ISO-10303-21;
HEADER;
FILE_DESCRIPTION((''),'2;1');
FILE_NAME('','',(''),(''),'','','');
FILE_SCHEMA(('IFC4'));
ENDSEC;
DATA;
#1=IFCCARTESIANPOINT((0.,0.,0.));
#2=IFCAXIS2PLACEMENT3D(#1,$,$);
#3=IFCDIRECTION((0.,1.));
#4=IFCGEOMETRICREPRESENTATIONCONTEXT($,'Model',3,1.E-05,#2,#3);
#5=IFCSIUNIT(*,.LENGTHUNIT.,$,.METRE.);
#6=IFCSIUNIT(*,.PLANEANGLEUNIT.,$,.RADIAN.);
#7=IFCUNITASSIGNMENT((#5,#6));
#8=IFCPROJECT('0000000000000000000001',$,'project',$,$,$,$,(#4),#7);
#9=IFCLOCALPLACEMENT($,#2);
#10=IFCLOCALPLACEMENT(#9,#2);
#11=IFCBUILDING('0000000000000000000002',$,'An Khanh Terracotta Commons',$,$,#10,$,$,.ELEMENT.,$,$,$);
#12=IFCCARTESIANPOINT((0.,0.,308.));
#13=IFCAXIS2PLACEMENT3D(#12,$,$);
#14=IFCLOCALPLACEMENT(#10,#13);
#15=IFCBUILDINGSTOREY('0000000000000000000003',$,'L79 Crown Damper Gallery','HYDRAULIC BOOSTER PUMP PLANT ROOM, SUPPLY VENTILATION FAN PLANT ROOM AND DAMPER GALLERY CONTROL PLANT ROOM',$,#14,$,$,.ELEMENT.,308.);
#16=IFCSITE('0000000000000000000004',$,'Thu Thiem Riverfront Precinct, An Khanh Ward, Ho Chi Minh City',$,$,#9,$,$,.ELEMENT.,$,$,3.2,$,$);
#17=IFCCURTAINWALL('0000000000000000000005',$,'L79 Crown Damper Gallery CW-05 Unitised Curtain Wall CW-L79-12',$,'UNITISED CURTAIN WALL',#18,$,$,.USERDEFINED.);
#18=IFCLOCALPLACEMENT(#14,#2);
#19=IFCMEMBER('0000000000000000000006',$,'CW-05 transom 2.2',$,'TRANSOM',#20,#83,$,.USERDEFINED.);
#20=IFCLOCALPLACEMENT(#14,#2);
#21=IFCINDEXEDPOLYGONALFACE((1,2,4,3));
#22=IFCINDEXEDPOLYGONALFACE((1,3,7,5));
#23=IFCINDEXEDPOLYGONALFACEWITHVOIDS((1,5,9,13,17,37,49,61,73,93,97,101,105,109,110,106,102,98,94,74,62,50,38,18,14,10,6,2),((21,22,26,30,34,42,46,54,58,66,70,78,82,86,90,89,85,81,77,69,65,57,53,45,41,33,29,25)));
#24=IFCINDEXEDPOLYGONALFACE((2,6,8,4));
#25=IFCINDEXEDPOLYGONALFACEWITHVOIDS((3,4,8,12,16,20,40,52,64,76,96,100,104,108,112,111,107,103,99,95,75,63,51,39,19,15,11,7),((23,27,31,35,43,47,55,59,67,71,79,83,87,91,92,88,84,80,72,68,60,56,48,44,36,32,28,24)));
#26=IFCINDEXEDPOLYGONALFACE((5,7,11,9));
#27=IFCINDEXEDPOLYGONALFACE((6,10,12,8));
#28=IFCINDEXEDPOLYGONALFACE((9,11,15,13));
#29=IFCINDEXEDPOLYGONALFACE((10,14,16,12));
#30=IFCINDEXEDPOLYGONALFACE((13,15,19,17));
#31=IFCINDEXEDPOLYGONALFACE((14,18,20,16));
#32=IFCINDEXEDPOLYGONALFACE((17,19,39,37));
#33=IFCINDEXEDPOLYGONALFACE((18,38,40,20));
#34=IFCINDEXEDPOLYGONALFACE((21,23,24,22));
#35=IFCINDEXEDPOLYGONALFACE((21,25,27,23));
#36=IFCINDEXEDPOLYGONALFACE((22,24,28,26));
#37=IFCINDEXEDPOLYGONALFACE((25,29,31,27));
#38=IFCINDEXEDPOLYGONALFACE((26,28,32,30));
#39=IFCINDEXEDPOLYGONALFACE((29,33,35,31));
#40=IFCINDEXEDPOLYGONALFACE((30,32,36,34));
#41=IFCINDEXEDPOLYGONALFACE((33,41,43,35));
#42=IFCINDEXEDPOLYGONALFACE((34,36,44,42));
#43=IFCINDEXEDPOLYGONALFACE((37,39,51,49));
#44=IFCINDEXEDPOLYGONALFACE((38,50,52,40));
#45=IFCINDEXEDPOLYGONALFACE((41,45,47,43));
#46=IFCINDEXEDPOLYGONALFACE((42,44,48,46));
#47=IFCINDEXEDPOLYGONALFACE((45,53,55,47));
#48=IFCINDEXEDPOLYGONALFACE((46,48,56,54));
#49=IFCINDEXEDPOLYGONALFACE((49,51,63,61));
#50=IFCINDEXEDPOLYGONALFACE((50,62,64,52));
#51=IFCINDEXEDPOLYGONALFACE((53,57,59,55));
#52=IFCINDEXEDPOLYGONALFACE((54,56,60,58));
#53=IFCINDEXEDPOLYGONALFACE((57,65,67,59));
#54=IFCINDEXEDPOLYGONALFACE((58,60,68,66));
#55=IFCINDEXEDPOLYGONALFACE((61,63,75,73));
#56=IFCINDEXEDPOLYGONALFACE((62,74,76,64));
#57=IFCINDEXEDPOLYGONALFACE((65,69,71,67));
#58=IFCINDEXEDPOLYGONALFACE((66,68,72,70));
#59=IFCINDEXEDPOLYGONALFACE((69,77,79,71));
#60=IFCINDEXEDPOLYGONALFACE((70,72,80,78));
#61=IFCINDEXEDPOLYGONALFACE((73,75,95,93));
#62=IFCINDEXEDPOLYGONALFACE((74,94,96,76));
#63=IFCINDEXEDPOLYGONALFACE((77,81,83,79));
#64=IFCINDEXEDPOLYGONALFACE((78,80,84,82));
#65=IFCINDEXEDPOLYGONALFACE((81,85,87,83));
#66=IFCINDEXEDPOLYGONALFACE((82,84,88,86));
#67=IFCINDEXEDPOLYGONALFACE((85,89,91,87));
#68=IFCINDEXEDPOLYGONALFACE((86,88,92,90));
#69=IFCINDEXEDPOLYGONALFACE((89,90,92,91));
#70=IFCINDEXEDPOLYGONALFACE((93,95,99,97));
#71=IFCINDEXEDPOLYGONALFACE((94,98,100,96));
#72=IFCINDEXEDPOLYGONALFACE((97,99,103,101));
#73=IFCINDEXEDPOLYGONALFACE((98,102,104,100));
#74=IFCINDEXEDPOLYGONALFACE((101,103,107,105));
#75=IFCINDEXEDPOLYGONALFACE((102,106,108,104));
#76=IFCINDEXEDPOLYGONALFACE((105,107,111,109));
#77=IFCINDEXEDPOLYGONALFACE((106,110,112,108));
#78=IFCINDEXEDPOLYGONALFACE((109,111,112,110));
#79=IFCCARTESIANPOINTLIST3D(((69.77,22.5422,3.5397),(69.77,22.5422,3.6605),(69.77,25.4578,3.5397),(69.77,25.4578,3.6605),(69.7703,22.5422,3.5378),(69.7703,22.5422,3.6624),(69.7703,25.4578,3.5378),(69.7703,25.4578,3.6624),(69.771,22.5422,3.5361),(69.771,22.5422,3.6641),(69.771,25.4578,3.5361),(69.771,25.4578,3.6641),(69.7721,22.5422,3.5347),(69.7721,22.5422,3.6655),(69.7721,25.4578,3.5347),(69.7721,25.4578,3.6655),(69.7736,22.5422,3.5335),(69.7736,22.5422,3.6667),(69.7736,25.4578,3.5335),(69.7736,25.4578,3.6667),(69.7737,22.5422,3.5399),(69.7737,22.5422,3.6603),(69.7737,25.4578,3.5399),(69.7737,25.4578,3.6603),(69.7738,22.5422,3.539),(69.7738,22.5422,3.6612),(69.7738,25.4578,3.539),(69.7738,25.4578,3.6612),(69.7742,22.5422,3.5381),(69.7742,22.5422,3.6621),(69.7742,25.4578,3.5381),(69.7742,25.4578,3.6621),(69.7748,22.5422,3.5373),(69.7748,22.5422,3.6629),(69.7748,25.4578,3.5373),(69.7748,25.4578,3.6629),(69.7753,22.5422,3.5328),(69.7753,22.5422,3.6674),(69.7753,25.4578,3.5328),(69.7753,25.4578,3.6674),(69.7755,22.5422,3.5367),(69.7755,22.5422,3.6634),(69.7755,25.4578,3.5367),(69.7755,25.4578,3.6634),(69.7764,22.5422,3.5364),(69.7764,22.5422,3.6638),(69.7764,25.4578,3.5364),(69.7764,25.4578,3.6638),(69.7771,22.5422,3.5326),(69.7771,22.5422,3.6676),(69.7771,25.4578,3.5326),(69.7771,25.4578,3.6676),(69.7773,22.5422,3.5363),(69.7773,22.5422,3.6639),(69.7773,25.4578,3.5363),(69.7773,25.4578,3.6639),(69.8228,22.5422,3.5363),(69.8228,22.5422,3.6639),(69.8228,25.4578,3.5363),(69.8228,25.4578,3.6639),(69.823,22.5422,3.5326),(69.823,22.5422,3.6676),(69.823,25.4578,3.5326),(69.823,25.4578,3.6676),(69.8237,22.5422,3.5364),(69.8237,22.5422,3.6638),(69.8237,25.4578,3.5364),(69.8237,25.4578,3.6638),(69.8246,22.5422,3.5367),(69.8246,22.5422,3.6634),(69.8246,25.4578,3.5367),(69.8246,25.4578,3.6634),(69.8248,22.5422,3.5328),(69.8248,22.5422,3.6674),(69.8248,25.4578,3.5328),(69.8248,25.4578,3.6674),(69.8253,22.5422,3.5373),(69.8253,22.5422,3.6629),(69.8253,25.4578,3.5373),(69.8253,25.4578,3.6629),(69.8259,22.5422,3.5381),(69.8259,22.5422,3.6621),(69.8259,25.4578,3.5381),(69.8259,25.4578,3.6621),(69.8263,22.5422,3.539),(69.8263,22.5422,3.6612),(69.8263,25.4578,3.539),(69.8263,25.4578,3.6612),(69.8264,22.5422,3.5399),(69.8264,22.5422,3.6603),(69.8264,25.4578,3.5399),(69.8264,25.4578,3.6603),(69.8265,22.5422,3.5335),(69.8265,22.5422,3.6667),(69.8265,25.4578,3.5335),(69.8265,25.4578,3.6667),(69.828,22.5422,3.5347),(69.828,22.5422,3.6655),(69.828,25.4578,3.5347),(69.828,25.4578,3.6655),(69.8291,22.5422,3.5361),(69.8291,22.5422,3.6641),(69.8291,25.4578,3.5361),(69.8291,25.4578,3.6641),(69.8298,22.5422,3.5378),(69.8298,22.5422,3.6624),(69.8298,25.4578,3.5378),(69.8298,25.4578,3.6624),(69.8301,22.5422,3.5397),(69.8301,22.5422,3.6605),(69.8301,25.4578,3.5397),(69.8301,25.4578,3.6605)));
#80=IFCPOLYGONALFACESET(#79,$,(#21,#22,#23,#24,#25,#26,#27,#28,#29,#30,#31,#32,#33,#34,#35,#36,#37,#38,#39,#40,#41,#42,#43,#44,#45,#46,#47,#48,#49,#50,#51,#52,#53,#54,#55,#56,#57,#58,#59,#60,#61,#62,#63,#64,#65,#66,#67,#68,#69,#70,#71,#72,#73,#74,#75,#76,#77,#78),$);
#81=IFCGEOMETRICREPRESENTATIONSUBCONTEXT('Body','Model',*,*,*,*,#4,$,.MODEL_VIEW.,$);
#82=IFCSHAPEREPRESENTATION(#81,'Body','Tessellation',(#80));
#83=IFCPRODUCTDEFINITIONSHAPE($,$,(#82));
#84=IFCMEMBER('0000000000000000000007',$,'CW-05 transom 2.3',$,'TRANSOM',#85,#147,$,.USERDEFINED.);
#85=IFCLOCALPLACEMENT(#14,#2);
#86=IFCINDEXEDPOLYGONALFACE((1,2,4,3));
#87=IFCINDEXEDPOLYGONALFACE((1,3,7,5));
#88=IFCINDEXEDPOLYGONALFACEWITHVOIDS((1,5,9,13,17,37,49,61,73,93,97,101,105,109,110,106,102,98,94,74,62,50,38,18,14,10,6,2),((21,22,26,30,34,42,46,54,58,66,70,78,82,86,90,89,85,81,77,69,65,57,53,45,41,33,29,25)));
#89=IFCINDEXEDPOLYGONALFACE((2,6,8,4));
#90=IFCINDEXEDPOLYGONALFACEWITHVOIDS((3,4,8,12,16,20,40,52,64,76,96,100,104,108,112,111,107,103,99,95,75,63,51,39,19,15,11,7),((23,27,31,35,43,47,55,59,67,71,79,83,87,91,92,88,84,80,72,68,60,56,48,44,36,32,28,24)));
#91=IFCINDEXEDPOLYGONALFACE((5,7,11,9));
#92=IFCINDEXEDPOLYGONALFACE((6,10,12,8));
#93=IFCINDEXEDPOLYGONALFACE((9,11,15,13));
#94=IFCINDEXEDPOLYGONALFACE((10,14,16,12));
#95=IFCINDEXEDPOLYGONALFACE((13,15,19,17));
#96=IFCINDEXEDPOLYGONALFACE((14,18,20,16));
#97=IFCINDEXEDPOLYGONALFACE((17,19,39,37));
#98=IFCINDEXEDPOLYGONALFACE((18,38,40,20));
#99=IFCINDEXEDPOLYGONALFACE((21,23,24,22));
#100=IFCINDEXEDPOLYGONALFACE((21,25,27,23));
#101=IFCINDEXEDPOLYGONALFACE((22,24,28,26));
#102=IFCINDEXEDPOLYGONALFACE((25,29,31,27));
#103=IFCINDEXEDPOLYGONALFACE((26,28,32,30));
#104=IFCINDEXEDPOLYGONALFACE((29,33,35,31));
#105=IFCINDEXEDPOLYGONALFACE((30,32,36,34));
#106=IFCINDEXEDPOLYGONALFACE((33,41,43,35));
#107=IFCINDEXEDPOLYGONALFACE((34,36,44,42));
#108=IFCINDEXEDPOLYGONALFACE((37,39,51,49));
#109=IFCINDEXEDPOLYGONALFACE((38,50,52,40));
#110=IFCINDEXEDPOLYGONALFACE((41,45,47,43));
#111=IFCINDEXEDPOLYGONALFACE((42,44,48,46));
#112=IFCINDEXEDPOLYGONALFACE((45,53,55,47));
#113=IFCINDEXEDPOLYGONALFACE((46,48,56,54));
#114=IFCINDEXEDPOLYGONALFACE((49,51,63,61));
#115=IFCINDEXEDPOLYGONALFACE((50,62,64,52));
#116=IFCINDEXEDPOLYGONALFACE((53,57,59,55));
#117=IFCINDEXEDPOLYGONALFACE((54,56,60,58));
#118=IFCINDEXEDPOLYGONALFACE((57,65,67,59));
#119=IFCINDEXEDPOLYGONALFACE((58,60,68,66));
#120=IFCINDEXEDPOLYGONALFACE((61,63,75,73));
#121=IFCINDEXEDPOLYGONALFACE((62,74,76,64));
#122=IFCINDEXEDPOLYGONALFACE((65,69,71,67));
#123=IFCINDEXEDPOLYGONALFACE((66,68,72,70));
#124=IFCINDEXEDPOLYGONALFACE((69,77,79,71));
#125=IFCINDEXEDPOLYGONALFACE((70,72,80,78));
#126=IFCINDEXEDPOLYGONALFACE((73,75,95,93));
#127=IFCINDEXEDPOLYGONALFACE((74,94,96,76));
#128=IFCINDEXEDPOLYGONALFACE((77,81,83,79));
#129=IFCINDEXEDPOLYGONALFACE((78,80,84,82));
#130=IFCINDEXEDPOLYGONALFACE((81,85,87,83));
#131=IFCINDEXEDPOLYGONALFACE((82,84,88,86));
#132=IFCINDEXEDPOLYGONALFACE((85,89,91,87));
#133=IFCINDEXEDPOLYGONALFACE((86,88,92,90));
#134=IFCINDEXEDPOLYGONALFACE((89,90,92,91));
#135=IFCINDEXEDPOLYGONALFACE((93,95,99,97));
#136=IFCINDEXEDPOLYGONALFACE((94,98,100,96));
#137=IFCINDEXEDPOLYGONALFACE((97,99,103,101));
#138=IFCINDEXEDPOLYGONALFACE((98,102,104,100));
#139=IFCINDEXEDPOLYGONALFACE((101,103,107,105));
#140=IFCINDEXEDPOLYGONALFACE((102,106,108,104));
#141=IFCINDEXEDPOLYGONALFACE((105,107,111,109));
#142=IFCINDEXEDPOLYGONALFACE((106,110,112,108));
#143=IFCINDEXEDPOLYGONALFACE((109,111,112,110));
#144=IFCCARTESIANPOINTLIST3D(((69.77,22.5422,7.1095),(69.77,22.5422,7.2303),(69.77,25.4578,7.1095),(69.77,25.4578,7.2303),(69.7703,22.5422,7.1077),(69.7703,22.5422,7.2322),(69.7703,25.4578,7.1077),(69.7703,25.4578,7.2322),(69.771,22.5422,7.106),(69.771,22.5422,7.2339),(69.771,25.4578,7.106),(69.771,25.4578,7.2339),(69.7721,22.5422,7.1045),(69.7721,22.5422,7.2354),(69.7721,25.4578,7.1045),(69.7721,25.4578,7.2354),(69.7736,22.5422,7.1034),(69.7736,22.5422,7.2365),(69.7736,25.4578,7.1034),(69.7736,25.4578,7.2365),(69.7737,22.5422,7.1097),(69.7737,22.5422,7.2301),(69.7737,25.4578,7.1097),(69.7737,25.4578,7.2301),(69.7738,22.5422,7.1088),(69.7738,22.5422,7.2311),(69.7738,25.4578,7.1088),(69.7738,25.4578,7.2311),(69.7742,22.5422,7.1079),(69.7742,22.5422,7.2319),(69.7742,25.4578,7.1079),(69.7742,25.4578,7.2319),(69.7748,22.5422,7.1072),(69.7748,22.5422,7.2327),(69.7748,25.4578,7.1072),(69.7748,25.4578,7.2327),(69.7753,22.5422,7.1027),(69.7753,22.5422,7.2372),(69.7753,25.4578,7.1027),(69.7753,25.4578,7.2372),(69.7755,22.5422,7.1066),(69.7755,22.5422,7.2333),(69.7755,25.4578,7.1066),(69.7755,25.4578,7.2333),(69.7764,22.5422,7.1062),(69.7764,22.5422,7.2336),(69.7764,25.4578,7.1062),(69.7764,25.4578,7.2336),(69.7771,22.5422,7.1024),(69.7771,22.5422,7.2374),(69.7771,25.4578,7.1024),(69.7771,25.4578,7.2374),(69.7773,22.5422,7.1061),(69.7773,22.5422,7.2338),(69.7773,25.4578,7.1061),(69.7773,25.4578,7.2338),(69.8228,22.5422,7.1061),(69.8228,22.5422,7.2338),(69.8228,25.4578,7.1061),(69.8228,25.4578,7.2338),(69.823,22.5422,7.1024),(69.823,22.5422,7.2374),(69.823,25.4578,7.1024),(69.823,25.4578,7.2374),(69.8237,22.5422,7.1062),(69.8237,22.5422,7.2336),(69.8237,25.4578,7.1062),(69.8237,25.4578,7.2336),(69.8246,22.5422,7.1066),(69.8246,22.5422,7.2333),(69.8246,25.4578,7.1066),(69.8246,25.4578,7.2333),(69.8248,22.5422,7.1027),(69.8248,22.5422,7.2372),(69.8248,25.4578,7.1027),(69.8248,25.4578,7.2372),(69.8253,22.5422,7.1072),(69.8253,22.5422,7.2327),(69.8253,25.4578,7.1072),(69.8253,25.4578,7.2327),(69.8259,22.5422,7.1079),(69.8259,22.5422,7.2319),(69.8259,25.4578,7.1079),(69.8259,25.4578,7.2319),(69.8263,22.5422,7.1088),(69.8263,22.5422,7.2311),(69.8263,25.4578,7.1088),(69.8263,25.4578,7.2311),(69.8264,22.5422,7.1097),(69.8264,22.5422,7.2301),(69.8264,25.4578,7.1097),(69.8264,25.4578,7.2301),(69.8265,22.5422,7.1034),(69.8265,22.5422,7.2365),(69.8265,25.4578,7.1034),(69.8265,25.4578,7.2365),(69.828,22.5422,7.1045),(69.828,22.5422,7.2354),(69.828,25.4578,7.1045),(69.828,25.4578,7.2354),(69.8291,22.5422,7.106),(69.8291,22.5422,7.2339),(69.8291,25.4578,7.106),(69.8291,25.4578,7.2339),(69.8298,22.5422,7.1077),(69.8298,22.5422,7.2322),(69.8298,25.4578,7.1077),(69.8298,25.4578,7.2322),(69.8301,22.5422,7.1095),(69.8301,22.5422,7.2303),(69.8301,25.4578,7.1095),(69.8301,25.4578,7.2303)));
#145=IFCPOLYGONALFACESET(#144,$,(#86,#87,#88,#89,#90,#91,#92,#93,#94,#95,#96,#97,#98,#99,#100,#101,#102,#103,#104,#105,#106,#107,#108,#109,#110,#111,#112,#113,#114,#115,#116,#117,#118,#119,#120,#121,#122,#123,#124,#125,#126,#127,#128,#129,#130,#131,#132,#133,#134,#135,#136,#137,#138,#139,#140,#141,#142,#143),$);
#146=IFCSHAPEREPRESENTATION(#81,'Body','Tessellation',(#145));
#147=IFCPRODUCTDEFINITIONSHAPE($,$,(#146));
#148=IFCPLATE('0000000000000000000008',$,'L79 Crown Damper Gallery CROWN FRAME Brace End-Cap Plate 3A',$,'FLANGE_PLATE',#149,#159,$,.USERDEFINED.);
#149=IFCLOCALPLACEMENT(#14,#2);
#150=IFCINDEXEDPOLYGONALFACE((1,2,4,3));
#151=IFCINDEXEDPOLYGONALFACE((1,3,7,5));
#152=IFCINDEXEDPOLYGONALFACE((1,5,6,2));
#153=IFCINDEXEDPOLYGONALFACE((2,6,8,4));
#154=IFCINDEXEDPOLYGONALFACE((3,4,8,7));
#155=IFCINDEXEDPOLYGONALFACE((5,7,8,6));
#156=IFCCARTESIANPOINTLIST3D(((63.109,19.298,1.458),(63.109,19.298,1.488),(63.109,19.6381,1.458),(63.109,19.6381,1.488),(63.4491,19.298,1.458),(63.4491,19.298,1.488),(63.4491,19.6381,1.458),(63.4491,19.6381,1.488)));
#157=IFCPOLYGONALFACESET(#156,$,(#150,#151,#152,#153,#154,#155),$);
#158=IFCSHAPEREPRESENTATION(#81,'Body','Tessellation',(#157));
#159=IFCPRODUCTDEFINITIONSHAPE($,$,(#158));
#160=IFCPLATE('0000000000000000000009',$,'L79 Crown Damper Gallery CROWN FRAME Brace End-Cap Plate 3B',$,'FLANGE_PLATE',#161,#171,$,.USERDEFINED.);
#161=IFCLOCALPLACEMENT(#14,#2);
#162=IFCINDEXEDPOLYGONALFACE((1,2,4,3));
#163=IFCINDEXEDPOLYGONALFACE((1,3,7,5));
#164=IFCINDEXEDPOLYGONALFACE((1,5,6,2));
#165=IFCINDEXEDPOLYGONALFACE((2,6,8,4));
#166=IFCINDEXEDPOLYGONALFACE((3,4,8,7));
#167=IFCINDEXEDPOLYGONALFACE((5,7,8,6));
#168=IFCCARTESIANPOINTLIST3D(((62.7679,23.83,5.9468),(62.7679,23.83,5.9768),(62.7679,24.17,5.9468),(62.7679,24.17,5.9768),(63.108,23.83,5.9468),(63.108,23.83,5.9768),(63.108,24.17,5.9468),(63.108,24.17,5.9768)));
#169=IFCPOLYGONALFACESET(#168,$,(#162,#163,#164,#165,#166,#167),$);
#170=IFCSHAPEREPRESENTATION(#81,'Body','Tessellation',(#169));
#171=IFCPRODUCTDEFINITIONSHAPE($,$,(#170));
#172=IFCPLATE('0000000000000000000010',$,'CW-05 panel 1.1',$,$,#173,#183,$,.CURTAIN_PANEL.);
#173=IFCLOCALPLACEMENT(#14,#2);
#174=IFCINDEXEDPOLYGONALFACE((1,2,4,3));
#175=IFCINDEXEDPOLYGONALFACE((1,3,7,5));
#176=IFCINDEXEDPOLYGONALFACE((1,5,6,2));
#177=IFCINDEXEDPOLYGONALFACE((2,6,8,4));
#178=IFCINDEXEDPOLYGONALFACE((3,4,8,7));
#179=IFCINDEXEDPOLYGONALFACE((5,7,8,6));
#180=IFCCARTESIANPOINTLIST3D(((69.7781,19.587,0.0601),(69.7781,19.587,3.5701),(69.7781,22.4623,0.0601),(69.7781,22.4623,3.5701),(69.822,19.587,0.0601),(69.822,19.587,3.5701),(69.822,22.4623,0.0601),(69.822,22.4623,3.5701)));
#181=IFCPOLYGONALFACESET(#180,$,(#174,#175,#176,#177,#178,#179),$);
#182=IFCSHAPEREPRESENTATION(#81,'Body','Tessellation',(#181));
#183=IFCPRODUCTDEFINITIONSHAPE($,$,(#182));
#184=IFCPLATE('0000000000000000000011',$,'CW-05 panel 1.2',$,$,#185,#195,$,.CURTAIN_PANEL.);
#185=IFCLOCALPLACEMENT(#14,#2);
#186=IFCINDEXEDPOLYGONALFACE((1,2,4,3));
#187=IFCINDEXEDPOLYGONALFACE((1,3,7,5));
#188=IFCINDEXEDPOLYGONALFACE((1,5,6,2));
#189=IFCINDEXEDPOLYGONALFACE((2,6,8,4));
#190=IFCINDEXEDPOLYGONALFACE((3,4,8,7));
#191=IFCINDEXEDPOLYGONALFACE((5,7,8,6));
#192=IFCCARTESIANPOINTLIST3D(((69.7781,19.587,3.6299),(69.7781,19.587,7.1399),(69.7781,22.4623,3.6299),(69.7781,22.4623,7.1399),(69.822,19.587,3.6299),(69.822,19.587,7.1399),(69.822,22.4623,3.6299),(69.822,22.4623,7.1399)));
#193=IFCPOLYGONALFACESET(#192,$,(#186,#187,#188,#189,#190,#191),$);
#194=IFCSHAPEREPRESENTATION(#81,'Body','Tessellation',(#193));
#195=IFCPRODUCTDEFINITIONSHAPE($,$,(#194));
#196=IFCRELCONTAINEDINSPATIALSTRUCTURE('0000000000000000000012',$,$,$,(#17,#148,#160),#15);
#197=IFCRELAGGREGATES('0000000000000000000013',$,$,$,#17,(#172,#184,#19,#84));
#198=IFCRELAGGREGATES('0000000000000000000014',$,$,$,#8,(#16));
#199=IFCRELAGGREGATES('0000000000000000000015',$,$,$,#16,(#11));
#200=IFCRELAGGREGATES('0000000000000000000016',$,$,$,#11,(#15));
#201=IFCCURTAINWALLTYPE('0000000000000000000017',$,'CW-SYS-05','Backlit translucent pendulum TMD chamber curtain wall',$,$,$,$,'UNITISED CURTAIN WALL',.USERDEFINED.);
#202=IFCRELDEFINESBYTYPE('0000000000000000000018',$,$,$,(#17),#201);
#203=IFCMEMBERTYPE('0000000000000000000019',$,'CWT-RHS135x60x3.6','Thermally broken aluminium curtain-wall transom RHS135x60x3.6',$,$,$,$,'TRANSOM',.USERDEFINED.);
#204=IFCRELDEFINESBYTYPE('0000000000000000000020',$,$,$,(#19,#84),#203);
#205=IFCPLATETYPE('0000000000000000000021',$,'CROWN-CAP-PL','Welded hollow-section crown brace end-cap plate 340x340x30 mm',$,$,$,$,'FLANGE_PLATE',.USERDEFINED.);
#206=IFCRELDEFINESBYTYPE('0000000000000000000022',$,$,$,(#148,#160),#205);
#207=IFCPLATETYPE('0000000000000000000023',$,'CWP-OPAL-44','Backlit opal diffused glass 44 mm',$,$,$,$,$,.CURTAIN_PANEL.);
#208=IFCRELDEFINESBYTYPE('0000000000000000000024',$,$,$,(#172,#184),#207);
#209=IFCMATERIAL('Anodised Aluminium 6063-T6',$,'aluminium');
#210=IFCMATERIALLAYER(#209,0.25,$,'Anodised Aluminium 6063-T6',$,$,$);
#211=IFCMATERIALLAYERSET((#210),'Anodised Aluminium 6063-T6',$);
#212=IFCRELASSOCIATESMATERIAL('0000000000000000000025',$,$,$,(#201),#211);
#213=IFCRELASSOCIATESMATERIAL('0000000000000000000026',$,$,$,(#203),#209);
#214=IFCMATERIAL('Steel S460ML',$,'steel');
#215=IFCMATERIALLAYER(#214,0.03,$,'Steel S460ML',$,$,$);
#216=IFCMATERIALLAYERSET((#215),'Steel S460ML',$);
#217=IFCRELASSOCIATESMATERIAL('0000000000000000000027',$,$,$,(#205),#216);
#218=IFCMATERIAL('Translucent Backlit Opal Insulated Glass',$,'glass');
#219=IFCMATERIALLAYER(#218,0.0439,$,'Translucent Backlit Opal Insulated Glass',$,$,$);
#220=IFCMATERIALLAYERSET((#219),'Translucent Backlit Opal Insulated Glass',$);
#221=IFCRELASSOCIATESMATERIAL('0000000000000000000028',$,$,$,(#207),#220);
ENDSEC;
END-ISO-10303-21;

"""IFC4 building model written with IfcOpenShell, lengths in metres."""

from ifc_helpers import new_model, si_unit, direction, frame, origin, origin_2d, place, context, subcontext, project, spatial, rectangle, hollow_rectangle, extrude, material, layer, layer_set, material_profile, profile_set, type_object, element, aggregate, save


model = new_model("IFC4")

# Units and contexts
model_context = context("Model", 3, precision=1e-05, world=origin(), true_north=direction((0.0, 1.0)))
body_context = subcontext(model_context, "Body", "Model", "MODEL_VIEW")
ifc_project = project(units=[si_unit("LENGTHUNIT", "METRE"), si_unit("PLANEANGLEUNIT", "RADIAN")], contexts=[model_context])

# Site, building, storey
site_placement = place(None, origin())
site = spatial("IfcSite", under=ifc_project, at=site_placement, Name="Thu Thiem Riverfront Precinct, An Khanh Ward, Ho Chi Minh City", CompositionType="ELEMENT", RefElevation=3.2)
building_placement = place(site_placement, origin())
building = spatial("IfcBuilding", under=site, at=building_placement, Name="An Khanh Terracotta Commons", CompositionType="ELEMENT")
storey_placement = place(building_placement, frame((0.0, 0.0, 308.0)))
storey = spatial("IfcBuildingStorey", under=building, at=storey_placement, Name="L79 Crown Damper Gallery", Description="HYDRAULIC BOOSTER PUMP PLANT ROOM, SUPPLY VENTILATION FAN PLANT ROOM AND DAMPER GALLERY CONTROL PLANT ROOM", CompositionType="ELEMENT", Elevation=308.0)

# Shared definitions
ifc_material_1 = material(Name="Steel S460ML", Category="steel")

# Shared definitions
ifc_material_2 = material(Name="Anodised Aluminium 6063-T6", Category="aluminium")
ifc_layer_1 = layer(ifc_material_2, 0.25, Name="Anodised Aluminium 6063-T6")
ifc_layer_set_1 = layer_set([ifc_layer_1], Name="Anodised Aluminium 6063-T6")
curtain_wall_type = type_object("IfcCurtainWallType", Name="CW-SYS-05", Description="Backlit translucent pendulum TMD chamber curtain wall", ElementType="UNITISED CURTAIN WALL", PredefinedType="USERDEFINED", material=ifc_layer_set_1)

# Curtain wall, members
curtain_wall_1_placement = place(storey_placement, origin())
curtain_wall_1 = element("IfcCurtainWall", 1, at=curtain_wall_1_placement, inside=storey, type_object=curtain_wall_type, Name="L79 Crown Damper Gallery CW-05 Unitised Curtain Wall CW-L79-12", ObjectType="UNITISED CURTAIN WALL", PredefinedType="USERDEFINED")
ifc_material_profile_1 = material_profile(ifc_material_2, hollow_rectangle(XDim=0.0601, YDim=0.135, WallThickness=0.0037, InnerFilletRadius=0.0037, OuterFilletRadius=0.0071, at=origin_2d()), Name="RHS135x60x3.6")
ifc_profile_set_1 = profile_set([ifc_material_profile_1], Name="Anodised Aluminium 6063-T6")
member_type_1 = type_object("IfcMemberType", Name="CWT-RHS135x60x3.6", Description="Thermally broken aluminium curtain-wall transom RHS135x60x3.6", ElementType="TRANSOM", PredefinedType="USERDEFINED", material=ifc_profile_set_1)
member_1_placement = place(storey_placement, frame((69.8, 22.5422, 3.6001), z_axis=(0.0, 1.0, 0.0), x_axis=(-1.0, 0.0, 0.0)))
member_1 = element("IfcMember", 2, at=member_1_placement, type_object=member_type_1, Name="CW-05 transom 2.2", ObjectType="TRANSOM", PredefinedType="USERDEFINED", context=body_context, shape_type="SweptSolid", body=[
    extrude(hollow_rectangle(XDim=0.0601, YDim=0.135, WallThickness=0.0037, InnerFilletRadius=0.0037, OuterFilletRadius=0.0071, at=origin_2d()), origin(), (0.0, 0.0, 1.0), 2.9155),
])
member_2_placement = place(storey_placement, frame((69.8, 22.5422, 7.1699), z_axis=(0.0, 1.0, 0.0), x_axis=(-1.0, 0.0, 0.0)))
member_2 = element("IfcMember", 3, at=member_2_placement, type_object=member_type_1, Name="CW-05 transom 2.3", ObjectType="TRANSOM", PredefinedType="USERDEFINED", context=body_context, shape_type="SweptSolid", body=[
    extrude(hollow_rectangle(XDim=0.0601, YDim=0.135, WallThickness=0.0037, InnerFilletRadius=0.0037, OuterFilletRadius=0.0071, at=origin_2d()), origin(), (0.0, 0.0, 1.0), 2.9155),
])

# Plates
ifc_layer_2 = layer(ifc_material_1, 0.03, Name="Steel S460ML")
ifc_layer_set_2 = layer_set([ifc_layer_2], Name="Steel S460ML")
plate_type_1 = type_object("IfcPlateType", Name="CROWN-CAP-PL", Description="Welded hollow-section crown brace end-cap plate 340x340x30 mm", ElementType="FLANGE_PLATE", PredefinedType="USERDEFINED", material=ifc_layer_set_2)
for number, where, z_axis, x_axis, name in (
    (4, (63.2791, 19.468, 1.458), (0.0, 0.0, 1.0), (1.0, 0.0, 0.0), "L79 Crown Damper Gallery CROWN FRAME Brace End-Cap Plate 3A"),
    (5, (62.938, 24.0, 5.9468), (0.0, 0.0, 1.0), (1.0, 0.0, 0.0), "L79 Crown Damper Gallery CROWN FRAME Brace End-Cap Plate 3B"),
):
    element("IfcPlate", number, at=place(storey_placement, frame(where, z_axis=z_axis, x_axis=x_axis)), inside=storey, type_object=plate_type_1, Name=name, ObjectType="FLANGE_PLATE", PredefinedType="USERDEFINED", context=body_context, shape_type="SweptSolid", body=[
        extrude(rectangle(XDim=0.3401, YDim=0.3401, at=origin_2d()), origin(), (0.0, 0.0, 1.0), 0.03),
    ])

# Plates
ifc_material_3 = material(Name="Translucent Backlit Opal Insulated Glass", Category="glass")
ifc_layer_3 = layer(ifc_material_3, 0.0439, Name="Translucent Backlit Opal Insulated Glass")
ifc_layer_set_3 = layer_set([ifc_layer_3], Name="Translucent Backlit Opal Insulated Glass")
plate_type_2 = type_object("IfcPlateType", Name="CWP-OPAL-44", Description="Backlit opal diffused glass 44 mm", PredefinedType="CURTAIN_PANEL", material=ifc_layer_set_3)
plate_1_placement = place(storey_placement, frame((69.8, 21.0247, 0.0601), z_axis=(0.0, 0.0, 1.0), x_axis=(0.0, 1.0, 0.0)))
plate_1 = element("IfcPlate", 6, at=plate_1_placement, type_object=plate_type_2, Name="CW-05 panel 1.1", PredefinedType="CURTAIN_PANEL", context=body_context, shape_type="SweptSolid", body=[
    extrude(rectangle(XDim=2.8752, YDim=0.0439, at=origin_2d()), origin(), (0.0, 0.0, 1.0), 3.51),
])
plate_2_placement = place(storey_placement, frame((69.8, 21.0247, 3.6299), z_axis=(0.0, 0.0, 1.0), x_axis=(0.0, 1.0, 0.0)))
plate_2 = element("IfcPlate", 7, at=plate_2_placement, type_object=plate_type_2, Name="CW-05 panel 1.2", PredefinedType="CURTAIN_PANEL", context=body_context, shape_type="SweptSolid", body=[
    extrude(rectangle(XDim=2.8752, YDim=0.0439, at=origin_2d()), origin(), (0.0, 0.0, 1.0), 3.51),
])
aggregate(curtain_wall_1, [plate_1, plate_2, member_1, member_2])

save(model, "model.ifc")
